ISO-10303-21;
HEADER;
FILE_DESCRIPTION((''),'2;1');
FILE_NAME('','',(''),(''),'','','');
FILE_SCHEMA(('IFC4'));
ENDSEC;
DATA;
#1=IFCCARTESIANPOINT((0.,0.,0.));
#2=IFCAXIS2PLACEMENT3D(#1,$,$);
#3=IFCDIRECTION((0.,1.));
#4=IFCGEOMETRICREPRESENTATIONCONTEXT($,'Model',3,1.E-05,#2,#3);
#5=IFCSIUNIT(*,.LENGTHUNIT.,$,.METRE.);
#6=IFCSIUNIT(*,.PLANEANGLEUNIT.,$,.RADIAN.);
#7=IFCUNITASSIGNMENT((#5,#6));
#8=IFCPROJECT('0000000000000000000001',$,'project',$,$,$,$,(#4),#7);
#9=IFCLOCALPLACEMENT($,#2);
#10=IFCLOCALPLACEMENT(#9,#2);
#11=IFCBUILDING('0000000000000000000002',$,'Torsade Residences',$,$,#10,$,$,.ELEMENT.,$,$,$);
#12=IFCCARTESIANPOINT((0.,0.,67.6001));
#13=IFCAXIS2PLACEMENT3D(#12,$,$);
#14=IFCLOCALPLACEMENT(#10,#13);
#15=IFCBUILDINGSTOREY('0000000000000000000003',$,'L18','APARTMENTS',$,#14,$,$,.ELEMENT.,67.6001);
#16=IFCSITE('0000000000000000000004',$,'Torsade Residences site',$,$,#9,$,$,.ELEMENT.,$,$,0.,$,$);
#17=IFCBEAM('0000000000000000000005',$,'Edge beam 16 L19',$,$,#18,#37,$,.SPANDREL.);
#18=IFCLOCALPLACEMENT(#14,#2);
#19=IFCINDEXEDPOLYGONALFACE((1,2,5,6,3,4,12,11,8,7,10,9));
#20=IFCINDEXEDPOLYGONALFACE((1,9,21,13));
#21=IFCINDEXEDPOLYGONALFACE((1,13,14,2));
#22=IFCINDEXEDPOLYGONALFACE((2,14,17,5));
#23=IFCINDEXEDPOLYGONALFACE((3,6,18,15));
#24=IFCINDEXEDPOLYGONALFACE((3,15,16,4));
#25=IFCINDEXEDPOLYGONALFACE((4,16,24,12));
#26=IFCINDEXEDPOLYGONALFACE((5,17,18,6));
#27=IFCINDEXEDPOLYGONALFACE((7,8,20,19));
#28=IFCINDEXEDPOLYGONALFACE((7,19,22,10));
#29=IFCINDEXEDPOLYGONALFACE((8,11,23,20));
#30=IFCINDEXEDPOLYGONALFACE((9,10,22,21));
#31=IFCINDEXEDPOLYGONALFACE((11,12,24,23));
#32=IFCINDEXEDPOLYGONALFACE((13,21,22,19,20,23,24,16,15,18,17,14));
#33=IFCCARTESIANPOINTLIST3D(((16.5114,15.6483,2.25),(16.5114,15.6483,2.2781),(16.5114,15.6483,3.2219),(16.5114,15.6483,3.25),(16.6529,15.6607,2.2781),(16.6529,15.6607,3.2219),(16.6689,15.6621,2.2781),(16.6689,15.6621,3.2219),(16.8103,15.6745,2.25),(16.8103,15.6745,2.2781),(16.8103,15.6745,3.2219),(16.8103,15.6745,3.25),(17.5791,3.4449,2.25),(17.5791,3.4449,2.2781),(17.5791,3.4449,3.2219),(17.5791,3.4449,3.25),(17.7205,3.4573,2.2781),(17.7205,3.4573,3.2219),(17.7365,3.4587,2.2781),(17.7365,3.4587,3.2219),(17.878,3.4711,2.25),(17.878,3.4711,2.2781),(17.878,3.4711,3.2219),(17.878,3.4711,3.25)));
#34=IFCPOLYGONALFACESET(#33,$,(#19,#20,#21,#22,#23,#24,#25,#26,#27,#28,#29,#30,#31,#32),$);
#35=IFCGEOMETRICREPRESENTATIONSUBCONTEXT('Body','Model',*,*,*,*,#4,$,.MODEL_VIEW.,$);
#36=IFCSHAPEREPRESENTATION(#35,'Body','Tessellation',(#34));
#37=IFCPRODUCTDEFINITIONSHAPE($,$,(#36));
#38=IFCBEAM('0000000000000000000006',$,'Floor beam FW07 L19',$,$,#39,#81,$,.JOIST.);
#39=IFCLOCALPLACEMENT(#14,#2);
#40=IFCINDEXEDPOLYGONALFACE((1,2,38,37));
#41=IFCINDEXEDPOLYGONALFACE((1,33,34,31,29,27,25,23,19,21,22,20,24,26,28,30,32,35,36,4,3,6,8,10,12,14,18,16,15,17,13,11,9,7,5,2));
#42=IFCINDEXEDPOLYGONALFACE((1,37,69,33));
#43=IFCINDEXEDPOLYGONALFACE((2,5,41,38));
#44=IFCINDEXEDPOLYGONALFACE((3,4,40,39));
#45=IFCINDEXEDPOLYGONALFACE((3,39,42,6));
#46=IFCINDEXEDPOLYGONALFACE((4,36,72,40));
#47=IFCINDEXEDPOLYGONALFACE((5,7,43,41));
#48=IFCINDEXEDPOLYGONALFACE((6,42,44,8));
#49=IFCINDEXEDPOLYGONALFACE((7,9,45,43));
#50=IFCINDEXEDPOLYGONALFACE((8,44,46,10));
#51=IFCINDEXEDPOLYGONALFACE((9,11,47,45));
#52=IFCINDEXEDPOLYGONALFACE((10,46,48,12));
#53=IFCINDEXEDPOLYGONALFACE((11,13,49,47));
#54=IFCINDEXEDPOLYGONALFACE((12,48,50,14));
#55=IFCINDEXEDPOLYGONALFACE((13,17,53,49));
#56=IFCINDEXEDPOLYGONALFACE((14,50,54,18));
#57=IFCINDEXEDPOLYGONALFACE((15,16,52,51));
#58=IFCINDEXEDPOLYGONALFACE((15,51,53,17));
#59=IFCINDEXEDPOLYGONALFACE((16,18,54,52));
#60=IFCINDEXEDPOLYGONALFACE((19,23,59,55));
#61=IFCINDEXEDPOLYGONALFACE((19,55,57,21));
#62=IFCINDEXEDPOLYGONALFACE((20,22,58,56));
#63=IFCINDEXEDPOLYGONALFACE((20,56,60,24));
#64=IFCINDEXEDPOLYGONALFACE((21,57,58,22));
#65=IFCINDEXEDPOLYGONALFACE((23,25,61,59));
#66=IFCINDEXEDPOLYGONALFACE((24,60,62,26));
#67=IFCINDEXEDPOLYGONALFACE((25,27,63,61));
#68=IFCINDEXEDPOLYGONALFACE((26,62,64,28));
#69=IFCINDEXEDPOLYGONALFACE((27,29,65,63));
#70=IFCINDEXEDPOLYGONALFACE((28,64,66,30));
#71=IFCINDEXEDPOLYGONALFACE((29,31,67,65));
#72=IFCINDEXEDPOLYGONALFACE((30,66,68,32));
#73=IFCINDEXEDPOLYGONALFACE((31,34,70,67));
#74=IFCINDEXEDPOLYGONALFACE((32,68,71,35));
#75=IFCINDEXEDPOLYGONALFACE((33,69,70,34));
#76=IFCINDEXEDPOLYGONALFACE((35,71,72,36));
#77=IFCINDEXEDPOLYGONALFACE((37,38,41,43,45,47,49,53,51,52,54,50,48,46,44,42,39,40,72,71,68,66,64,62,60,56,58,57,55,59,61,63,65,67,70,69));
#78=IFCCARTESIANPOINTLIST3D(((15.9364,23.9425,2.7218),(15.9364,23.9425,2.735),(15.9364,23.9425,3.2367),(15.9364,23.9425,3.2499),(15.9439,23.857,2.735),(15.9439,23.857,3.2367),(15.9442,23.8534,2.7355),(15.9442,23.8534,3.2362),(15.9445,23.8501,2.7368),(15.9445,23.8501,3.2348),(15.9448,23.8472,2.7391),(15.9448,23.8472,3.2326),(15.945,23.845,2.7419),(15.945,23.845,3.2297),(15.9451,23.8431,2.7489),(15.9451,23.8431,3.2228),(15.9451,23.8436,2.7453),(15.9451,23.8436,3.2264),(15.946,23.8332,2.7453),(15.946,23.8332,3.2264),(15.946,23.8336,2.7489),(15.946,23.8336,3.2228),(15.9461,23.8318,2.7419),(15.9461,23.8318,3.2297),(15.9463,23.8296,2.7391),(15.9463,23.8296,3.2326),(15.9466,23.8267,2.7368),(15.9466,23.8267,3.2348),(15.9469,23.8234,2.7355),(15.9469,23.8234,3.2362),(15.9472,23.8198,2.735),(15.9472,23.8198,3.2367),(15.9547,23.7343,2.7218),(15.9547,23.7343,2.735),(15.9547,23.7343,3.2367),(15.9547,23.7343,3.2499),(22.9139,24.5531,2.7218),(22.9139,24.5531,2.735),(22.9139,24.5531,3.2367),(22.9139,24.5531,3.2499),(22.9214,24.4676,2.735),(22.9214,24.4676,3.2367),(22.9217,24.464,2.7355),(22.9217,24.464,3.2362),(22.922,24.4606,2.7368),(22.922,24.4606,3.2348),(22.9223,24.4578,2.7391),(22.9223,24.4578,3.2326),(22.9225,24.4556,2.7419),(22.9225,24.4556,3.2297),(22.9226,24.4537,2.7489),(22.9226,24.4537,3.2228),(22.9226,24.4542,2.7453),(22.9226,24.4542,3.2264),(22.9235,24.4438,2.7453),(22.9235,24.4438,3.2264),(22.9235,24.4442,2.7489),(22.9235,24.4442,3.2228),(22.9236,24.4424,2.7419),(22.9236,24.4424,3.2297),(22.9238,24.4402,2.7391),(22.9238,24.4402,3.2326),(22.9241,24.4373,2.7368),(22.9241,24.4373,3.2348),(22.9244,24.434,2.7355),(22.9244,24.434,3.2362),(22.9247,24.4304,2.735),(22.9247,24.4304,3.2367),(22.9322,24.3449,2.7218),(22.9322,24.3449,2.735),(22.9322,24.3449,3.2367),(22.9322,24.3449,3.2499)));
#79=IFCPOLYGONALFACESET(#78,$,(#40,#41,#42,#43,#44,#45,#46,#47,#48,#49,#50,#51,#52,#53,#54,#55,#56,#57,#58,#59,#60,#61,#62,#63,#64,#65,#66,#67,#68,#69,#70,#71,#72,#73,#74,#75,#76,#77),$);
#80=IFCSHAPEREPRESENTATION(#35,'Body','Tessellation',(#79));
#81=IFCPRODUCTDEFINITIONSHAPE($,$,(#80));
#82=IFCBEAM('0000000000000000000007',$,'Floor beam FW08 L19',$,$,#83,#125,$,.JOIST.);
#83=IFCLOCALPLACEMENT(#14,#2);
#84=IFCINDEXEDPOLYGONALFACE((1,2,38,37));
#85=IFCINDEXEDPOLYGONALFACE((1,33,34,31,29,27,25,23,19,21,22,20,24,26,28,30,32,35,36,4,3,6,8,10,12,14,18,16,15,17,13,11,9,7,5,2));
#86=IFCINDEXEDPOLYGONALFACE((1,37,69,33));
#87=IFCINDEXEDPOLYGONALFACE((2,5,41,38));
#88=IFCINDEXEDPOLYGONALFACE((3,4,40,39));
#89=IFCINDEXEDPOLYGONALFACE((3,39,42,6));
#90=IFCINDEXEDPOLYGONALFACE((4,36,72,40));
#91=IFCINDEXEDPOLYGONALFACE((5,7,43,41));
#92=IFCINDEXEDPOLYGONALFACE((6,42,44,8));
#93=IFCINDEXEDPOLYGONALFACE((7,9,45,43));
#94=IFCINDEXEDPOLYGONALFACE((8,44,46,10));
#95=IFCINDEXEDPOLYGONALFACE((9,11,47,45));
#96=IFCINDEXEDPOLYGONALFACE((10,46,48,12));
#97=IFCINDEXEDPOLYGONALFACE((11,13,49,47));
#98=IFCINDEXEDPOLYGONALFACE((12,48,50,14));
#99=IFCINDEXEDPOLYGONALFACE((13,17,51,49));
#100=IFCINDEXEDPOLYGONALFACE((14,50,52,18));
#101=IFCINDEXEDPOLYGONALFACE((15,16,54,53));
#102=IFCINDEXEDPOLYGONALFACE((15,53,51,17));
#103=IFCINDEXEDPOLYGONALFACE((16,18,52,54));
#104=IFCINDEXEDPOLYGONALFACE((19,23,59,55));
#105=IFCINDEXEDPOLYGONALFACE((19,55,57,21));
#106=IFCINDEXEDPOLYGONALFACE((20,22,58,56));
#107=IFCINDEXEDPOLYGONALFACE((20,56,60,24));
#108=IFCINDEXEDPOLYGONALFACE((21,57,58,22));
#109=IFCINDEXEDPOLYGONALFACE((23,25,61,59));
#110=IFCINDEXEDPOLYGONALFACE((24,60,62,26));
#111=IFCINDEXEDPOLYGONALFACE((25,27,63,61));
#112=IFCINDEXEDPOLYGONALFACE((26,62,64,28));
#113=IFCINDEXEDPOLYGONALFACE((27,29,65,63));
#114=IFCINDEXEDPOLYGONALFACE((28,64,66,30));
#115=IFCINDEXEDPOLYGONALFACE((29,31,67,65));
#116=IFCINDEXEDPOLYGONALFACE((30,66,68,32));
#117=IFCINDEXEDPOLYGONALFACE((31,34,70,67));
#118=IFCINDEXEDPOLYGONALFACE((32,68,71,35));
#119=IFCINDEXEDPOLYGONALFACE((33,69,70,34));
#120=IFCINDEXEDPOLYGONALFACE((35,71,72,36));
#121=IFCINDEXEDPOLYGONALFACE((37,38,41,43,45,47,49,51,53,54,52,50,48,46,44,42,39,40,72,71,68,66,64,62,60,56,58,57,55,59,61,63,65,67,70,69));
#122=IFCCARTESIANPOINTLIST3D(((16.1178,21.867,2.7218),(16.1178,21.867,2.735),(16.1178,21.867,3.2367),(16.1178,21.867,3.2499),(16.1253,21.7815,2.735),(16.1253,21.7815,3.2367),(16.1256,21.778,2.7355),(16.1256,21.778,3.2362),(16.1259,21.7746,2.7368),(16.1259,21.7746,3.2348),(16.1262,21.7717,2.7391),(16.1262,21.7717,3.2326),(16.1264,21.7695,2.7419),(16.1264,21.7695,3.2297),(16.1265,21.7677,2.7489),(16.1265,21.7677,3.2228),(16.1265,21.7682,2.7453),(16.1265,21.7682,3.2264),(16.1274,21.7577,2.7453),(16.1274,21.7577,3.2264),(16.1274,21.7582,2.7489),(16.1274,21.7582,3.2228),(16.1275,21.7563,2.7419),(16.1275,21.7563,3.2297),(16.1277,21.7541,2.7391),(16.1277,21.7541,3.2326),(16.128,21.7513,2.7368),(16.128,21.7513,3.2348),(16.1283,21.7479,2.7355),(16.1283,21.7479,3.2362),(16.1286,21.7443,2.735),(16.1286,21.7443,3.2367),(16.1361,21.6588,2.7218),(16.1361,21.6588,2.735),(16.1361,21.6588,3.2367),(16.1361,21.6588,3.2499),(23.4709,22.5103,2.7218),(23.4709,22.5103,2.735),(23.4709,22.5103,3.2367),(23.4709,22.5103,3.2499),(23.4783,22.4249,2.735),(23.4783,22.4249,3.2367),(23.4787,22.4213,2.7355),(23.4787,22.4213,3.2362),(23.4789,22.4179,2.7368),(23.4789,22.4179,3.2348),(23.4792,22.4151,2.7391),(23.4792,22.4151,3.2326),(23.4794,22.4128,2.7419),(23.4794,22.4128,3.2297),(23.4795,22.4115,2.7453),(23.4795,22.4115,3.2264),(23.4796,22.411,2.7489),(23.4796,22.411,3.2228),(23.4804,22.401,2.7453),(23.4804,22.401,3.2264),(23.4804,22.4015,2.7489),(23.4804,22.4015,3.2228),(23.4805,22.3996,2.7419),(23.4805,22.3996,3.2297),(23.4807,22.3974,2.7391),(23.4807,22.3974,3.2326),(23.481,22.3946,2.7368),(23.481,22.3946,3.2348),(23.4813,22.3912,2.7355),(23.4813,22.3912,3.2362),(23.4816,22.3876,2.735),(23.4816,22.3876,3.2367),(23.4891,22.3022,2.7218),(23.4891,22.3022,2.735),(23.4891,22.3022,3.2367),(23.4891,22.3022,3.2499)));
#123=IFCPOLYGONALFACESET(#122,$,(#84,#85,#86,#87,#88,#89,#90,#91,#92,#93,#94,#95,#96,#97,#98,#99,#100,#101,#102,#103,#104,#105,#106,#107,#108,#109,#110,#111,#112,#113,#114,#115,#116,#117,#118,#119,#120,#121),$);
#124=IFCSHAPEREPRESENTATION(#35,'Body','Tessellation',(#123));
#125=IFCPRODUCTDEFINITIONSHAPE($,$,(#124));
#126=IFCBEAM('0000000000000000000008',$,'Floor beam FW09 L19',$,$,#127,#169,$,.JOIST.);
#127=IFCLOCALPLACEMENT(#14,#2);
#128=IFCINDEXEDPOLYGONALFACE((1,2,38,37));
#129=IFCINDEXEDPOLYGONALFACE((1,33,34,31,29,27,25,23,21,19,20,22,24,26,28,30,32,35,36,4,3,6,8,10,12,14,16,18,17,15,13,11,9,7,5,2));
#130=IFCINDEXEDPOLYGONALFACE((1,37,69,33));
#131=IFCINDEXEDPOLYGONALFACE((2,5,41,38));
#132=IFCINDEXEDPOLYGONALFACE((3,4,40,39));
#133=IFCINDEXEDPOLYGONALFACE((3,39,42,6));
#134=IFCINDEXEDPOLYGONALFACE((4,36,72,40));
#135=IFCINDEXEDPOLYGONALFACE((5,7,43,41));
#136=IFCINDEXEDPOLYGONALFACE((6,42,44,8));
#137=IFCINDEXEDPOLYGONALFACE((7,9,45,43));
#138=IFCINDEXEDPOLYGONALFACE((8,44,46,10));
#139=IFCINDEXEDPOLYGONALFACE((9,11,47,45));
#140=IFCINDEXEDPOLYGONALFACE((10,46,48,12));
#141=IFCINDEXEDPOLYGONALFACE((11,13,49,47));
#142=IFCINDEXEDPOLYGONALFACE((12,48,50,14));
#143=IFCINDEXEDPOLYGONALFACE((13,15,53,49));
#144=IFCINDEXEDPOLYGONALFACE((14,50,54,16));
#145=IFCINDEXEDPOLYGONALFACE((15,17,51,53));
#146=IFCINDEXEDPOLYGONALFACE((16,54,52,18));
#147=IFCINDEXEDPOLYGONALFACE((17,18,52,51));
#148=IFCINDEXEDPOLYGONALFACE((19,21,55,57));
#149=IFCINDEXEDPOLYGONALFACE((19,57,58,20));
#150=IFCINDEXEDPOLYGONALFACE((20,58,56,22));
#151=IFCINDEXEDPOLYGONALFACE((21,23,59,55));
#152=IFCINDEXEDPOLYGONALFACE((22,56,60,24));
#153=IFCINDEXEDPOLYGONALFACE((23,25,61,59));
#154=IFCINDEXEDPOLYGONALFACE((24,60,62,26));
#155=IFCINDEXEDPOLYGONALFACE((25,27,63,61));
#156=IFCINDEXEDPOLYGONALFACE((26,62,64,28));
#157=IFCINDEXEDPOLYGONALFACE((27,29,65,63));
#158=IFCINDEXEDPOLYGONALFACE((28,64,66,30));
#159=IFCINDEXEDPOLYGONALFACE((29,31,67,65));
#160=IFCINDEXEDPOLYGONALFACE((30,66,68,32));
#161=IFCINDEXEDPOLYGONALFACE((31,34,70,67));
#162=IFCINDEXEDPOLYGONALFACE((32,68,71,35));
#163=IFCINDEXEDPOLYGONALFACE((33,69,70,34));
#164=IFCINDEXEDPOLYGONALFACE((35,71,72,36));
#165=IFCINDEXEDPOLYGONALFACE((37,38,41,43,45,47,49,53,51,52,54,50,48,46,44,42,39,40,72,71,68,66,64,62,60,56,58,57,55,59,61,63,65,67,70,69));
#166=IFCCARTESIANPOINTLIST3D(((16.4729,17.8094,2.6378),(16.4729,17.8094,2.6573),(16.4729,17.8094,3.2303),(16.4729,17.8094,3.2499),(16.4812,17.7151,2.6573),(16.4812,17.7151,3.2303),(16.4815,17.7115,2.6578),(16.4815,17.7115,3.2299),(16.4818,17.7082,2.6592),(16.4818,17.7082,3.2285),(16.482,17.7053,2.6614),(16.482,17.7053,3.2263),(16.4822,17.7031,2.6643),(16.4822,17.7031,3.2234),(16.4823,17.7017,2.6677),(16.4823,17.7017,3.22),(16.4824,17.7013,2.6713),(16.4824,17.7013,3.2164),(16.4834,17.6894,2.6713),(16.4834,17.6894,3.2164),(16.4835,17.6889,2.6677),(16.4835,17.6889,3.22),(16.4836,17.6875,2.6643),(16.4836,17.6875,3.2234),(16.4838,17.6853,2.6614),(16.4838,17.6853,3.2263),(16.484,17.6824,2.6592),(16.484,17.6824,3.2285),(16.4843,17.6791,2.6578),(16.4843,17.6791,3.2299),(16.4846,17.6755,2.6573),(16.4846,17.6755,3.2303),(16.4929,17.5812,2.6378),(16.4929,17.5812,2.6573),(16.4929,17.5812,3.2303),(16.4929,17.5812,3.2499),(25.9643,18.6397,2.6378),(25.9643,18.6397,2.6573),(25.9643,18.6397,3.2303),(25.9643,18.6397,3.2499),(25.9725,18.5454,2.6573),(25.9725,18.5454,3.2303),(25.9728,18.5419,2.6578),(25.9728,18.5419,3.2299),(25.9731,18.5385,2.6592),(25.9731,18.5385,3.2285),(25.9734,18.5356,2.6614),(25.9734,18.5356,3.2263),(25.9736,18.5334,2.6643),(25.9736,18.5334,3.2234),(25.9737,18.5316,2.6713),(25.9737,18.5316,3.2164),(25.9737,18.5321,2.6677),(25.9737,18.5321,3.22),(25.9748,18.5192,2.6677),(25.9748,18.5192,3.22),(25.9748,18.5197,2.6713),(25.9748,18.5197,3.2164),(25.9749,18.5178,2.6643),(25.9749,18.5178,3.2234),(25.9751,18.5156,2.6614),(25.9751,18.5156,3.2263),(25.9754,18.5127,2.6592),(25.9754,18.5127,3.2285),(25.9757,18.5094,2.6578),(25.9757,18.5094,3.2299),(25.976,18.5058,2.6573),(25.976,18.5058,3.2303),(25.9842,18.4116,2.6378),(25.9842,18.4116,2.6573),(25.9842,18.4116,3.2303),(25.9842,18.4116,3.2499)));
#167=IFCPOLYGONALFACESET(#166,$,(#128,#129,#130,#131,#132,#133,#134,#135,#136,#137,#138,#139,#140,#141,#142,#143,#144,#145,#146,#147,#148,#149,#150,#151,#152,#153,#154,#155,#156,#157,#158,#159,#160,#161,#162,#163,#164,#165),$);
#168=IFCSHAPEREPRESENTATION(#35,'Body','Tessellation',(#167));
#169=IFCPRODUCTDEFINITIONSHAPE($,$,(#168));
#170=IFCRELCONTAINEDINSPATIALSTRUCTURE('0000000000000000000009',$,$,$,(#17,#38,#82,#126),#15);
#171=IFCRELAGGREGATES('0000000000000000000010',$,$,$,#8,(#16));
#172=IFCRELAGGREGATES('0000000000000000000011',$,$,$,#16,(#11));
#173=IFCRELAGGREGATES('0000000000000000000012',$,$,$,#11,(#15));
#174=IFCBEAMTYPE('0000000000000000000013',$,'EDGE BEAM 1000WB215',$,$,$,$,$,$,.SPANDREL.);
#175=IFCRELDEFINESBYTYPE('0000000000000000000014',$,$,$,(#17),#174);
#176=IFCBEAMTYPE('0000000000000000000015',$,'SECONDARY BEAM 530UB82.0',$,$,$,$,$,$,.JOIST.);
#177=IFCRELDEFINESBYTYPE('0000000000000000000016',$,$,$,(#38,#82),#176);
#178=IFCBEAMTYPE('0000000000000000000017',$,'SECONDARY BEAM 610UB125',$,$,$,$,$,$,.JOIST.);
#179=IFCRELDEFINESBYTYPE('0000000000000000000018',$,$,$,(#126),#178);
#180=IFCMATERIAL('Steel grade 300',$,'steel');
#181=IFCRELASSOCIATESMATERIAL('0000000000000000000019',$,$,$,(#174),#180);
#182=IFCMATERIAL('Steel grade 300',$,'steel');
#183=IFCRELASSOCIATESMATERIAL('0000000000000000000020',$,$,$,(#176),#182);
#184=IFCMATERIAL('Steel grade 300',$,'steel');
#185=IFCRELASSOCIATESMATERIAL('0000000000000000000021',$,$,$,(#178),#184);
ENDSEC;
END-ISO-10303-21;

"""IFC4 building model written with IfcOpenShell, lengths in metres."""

from ifc_helpers import new_model, si_unit, direction, frame, origin, origin_2d, place, context, subcontext, project, spatial, i_section, extrude, material, material_profile, profile_set, type_object, element, save


model = new_model("IFC4")

# Units and contexts
model_context = context("Model", 3, precision=1e-05, world=origin(), true_north=direction((0.0, 1.0)))
body_context = subcontext(model_context, "Body", "Model", "MODEL_VIEW")
ifc_project = project(units=[si_unit("LENGTHUNIT", "METRE"), si_unit("PLANEANGLEUNIT", "RADIAN")], contexts=[model_context])

# Site, building, storey
site_placement = place(None, origin())
site = spatial("IfcSite", under=ifc_project, at=site_placement, Name="Torsade Residences site", CompositionType="ELEMENT", RefElevation=0.0)
building_placement = place(site_placement, origin())
building = spatial("IfcBuilding", under=site, at=building_placement, Name="Torsade Residences", CompositionType="ELEMENT")
storey_placement = place(building_placement, frame((0.0, 0.0, 67.6001)))
storey = spatial("IfcBuildingStorey", under=building, at=storey_placement, Name="L18", Description="APARTMENTS", CompositionType="ELEMENT", Elevation=67.6001)

# Beams
ifc_material_1 = material(Name="Steel grade 300", Category="steel")
ifc_material_profile_1 = material_profile(ifc_material_1, i_section(OverallWidth=0.3, OverallDepth=1.0, WebThickness=0.0161, FlangeThickness=0.0281, at=origin_2d()), Name="1000WB215")
ifc_profile_set_1 = profile_set([ifc_material_profile_1], Name="Steel grade 300")
beam_type_1 = type_object("IfcBeamType", Name="EDGE BEAM 1000WB215", PredefinedType="SPANDREL", material=ifc_profile_set_1)
for number, where, z_axis, x_axis, name in (
    (1, (16.6609, 15.6614, 2.75), (0.087153, -0.996195, 0.0), (0.996195, 0.087153, 0.0), "Edge beam 16 L19"),
):
    element("IfcBeam", number, at=place(storey_placement, frame(where, z_axis=z_axis, x_axis=x_axis)), inside=storey, type_object=beam_type_1, Name=name, PredefinedType="SPANDREL", context=body_context, shape_type="SweptSolid", body=[
        extrude(i_section(OverallWidth=0.3, OverallDepth=1.0, WebThickness=0.0161, FlangeThickness=0.0281, at=origin_2d()), origin(), (0.0, 0.0, 1.0), 12.25),
    ])
ifc_material_2 = material(Name="Steel grade 300", Category="steel")
ifc_material_profile_2 = material_profile(ifc_material_2, i_section(OverallWidth=0.209, OverallDepth=0.5281, WebThickness=0.0095, FlangeThickness=0.0132, FilletRadius=0.0139, at=origin_2d()), Name="530UB82.0")
ifc_profile_set_2 = profile_set([ifc_material_profile_2], Name="Steel grade 300")
beam_type_2 = type_object("IfcBeamType", Name="SECONDARY BEAM 530UB82.0", PredefinedType="JOIST", material=ifc_profile_set_2)
beam_1_placement = place(storey_placement, frame((15.9456, 23.8384, 2.9858), z_axis=(0.996193, 0.087176, 0.0), x_axis=(-0.087176, 0.996193, 0.0)))
element("IfcBeam", 2, at=beam_1_placement, inside=storey, type_object=beam_type_2, Name="Floor beam FW07 L19", PredefinedType="JOIST", context=body_context, shape_type="SweptSolid", body=[
    extrude(i_section(OverallWidth=0.209, OverallDepth=0.5281, WebThickness=0.0095, FlangeThickness=0.0132, FilletRadius=0.0139, at=origin_2d()), origin(), (0.0, 0.0, 1.0), 7.0042),
])
beam_2_placement = place(storey_placement, frame((16.127, 21.7629, 2.9858), z_axis=(0.996195, 0.087156, 0.0), x_axis=(-0.087156, 0.996195, 0.0)))
element("IfcBeam", 3, at=beam_2_placement, inside=storey, type_object=beam_type_2, Name="Floor beam FW08 L19", PredefinedType="JOIST", context=body_context, shape_type="SweptSolid", body=[
    extrude(i_section(OverallWidth=0.209, OverallDepth=0.5281, WebThickness=0.0095, FlangeThickness=0.0132, FilletRadius=0.0139, at=origin_2d()), origin(), (0.0, 0.0, 1.0), 7.3811),
])
ifc_material_3 = material(Name="Steel grade 300", Category="steel")
ifc_material_profile_3 = material_profile(ifc_material_3, i_section(OverallWidth=0.229, OverallDepth=0.6121, WebThickness=0.012, FlangeThickness=0.0195, FilletRadius=0.0139, at=origin_2d()), Name="610UB125")
ifc_profile_set_3 = profile_set([ifc_material_profile_3], Name="Steel grade 300")
beam_type_3 = type_object("IfcBeamType", Name="SECONDARY BEAM 610UB125", PredefinedType="JOIST", material=ifc_profile_set_3)
beam_3_placement = place(storey_placement, frame((16.4829, 17.6953, 2.9438), z_axis=(0.996195, 0.087148, 0.0), x_axis=(-0.087148, 0.996195, 0.0)))
element("IfcBeam", 4, at=beam_3_placement, inside=storey, type_object=beam_type_3, Name="Floor beam FW09 L19", PredefinedType="JOIST", context=body_context, shape_type="SweptSolid", body=[
    extrude(i_section(OverallWidth=0.229, OverallDepth=0.6121, WebThickness=0.012, FlangeThickness=0.0195, FilletRadius=0.0139, at=origin_2d()), origin(), (0.0, 0.0, 1.0), 9.5276),
])

save(model, "model.ifc")
